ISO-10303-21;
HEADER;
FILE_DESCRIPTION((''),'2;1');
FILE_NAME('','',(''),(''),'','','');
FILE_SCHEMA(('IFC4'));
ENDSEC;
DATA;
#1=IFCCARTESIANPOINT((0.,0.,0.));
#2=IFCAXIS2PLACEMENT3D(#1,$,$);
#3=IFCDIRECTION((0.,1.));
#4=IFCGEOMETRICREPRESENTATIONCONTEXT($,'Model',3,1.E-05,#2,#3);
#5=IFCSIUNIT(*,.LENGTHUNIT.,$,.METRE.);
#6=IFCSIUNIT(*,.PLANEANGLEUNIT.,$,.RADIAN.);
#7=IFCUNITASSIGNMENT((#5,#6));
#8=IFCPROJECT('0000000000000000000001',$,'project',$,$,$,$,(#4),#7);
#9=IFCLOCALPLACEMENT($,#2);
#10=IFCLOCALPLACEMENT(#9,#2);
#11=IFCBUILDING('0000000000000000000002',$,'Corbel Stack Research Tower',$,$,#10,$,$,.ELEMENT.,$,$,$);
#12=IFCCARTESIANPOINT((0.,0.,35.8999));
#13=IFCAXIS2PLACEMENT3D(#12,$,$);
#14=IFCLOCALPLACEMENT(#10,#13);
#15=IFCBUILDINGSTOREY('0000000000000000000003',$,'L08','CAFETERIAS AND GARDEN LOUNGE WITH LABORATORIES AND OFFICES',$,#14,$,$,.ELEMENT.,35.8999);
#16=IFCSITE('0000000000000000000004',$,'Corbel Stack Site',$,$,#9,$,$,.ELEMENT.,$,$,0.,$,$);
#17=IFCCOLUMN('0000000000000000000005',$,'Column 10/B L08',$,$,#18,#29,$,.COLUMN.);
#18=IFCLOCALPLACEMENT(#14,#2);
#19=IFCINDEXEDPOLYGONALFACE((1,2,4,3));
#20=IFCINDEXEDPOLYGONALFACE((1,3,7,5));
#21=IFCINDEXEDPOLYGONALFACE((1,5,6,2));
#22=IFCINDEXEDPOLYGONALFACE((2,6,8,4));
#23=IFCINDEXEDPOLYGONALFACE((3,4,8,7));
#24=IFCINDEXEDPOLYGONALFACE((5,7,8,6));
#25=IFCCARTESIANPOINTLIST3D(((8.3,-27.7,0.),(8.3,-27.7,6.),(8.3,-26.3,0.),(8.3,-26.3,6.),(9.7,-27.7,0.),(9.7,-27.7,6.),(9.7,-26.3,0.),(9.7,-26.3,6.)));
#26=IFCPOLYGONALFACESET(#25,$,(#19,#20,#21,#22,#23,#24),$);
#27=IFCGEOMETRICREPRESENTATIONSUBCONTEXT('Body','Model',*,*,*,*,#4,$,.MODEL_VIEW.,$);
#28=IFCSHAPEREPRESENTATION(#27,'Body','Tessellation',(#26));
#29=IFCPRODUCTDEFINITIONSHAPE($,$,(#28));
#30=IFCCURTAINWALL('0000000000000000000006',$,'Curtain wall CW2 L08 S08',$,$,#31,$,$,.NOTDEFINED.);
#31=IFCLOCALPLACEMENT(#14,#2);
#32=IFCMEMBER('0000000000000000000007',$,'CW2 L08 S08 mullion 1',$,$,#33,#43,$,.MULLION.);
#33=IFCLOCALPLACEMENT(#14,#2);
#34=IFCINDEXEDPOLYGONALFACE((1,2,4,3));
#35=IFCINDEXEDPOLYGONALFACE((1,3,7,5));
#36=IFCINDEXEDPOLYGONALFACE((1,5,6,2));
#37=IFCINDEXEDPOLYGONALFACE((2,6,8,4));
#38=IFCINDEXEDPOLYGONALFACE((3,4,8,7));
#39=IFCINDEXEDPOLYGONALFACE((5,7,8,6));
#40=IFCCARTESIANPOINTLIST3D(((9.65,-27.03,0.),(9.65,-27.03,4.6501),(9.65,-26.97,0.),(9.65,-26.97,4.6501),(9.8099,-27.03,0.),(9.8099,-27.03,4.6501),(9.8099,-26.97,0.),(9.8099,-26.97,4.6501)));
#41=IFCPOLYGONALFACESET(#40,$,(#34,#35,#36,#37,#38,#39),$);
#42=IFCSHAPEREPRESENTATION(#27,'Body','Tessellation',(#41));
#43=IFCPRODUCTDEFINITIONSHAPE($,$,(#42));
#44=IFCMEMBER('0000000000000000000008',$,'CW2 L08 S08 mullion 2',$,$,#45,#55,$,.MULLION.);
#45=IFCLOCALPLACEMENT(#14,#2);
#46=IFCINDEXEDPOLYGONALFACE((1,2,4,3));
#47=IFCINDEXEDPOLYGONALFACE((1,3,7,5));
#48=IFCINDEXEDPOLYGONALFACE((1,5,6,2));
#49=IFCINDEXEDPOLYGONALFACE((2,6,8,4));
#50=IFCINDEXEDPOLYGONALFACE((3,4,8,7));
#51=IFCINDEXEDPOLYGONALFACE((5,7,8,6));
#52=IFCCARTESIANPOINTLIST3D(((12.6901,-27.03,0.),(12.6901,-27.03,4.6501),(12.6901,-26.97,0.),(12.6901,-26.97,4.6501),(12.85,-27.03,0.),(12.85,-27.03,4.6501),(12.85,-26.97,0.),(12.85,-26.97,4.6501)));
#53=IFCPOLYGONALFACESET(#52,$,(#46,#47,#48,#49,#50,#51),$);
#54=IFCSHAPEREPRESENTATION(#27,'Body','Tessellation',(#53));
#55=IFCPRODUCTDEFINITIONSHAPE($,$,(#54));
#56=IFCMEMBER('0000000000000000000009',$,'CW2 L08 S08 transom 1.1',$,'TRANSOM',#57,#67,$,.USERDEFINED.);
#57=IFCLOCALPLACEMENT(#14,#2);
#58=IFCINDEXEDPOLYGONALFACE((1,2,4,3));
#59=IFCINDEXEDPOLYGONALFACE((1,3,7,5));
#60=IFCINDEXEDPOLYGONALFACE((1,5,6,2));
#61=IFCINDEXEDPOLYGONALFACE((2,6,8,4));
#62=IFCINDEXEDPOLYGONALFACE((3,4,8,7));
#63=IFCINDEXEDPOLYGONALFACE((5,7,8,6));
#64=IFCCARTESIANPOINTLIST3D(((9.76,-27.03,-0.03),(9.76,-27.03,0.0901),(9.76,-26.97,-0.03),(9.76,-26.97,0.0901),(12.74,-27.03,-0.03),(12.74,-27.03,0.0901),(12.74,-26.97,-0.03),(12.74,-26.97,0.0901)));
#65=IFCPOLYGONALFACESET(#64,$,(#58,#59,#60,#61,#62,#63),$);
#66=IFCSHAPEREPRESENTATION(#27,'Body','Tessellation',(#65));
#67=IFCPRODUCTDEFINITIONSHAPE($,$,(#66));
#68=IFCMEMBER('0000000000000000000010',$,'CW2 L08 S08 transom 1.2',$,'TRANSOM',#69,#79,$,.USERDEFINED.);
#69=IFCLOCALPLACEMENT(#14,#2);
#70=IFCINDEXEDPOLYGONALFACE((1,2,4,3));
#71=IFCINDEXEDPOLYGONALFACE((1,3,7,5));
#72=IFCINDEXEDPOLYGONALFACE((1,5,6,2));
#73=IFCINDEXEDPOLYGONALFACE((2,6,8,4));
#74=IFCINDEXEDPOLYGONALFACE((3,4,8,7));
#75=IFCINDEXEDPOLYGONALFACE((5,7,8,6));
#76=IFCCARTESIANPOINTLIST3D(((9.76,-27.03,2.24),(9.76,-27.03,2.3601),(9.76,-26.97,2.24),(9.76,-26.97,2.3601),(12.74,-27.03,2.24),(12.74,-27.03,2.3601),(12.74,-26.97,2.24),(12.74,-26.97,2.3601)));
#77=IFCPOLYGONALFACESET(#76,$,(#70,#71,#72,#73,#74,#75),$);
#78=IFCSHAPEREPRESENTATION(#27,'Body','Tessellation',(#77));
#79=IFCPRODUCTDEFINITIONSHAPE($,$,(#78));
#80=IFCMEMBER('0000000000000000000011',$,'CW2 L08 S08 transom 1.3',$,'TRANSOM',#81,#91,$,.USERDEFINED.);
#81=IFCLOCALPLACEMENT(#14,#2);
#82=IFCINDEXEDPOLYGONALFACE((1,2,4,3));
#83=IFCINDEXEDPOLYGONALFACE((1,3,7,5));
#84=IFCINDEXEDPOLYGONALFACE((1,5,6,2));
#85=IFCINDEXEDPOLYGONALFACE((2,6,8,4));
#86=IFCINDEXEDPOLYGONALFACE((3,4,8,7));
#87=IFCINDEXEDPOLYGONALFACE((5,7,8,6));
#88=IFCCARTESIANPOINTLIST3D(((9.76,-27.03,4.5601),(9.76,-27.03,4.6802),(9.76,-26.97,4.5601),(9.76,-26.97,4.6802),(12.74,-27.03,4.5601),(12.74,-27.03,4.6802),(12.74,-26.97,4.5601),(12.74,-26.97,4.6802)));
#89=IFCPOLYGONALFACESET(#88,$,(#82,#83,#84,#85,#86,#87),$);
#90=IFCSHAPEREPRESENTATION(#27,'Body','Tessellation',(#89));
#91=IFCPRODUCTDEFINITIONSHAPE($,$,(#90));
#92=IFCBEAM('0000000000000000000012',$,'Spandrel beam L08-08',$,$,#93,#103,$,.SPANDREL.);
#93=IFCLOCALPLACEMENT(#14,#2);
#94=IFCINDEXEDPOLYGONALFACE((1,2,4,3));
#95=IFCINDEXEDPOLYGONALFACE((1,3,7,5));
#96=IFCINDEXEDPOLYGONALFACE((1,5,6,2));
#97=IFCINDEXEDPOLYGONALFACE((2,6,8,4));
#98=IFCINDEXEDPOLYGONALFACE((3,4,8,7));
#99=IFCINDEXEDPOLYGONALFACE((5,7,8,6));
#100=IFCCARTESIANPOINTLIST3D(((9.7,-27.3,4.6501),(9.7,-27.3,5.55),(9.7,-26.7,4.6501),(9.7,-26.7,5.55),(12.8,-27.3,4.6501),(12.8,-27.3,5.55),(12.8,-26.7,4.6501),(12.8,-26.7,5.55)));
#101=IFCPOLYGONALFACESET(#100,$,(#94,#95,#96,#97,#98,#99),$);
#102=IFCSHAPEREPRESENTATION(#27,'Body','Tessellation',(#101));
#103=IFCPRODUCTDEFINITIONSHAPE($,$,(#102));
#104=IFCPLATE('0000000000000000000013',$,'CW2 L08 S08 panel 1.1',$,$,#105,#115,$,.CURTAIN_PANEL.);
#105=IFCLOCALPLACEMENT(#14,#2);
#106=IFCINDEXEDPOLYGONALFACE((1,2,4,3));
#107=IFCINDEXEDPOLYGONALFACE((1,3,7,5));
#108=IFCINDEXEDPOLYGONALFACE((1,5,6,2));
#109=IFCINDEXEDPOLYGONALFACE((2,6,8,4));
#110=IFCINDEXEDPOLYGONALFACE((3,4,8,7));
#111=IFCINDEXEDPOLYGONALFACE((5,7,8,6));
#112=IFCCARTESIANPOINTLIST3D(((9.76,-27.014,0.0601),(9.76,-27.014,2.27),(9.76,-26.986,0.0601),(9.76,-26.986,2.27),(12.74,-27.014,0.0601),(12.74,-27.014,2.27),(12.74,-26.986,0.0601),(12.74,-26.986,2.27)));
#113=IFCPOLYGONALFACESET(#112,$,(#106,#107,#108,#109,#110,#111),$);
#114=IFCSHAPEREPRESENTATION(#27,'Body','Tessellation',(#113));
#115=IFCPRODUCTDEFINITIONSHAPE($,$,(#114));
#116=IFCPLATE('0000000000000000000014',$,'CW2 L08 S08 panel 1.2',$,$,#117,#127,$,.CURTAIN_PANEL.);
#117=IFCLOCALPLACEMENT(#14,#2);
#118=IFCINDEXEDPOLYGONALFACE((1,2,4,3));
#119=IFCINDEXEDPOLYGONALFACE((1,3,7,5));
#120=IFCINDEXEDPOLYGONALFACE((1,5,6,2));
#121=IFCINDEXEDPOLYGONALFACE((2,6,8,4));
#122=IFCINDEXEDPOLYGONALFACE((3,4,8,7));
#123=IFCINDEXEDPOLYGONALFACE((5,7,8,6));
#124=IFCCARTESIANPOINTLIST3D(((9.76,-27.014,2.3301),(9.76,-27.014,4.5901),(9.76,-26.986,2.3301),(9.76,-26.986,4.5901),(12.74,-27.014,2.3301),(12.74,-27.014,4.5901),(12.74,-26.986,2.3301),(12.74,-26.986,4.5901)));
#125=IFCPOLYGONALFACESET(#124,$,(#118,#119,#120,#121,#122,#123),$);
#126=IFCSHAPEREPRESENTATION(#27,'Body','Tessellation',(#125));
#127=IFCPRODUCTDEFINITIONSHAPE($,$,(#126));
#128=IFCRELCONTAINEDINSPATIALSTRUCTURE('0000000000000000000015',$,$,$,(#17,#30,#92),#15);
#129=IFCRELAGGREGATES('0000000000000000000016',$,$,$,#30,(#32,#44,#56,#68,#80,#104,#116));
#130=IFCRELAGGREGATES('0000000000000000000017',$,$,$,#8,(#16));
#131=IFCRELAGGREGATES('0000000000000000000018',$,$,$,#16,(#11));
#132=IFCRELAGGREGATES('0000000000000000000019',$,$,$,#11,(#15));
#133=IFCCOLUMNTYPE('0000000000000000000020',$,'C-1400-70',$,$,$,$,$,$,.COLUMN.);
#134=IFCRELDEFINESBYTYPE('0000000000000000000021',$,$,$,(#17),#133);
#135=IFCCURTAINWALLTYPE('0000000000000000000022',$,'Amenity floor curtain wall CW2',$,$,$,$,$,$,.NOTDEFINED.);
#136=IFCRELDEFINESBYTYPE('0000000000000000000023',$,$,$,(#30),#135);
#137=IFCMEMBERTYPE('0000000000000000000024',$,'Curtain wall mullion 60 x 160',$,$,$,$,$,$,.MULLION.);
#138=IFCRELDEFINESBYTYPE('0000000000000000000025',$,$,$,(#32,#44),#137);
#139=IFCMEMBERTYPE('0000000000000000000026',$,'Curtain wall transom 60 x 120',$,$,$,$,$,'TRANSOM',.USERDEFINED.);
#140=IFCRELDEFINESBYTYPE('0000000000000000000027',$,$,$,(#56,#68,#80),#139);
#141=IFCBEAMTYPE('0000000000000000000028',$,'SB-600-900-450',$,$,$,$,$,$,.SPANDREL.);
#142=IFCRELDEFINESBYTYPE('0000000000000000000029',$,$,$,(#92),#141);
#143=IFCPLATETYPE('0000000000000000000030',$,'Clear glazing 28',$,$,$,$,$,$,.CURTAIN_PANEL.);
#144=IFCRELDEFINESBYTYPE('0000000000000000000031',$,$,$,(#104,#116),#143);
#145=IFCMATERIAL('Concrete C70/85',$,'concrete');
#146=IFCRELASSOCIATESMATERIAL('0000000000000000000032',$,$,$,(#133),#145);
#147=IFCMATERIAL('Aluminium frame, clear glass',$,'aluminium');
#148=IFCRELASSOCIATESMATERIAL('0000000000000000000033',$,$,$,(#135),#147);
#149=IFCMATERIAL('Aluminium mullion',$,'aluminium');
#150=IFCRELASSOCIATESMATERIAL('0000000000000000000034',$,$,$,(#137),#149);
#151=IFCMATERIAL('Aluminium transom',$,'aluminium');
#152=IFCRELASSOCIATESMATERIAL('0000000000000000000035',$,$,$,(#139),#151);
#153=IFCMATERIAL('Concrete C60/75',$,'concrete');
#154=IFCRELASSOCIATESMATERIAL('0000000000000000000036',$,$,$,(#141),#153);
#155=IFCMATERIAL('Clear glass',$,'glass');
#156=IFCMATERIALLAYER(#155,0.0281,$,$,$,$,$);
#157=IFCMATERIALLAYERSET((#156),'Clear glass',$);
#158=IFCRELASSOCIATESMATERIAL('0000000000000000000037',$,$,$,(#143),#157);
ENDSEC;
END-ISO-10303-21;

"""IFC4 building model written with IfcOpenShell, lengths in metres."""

from ifc_helpers import new_model, si_unit, direction, frame, origin, origin_2d, place, context, subcontext, project, spatial, rectangle, extrude, material, layer, layer_set, material_profile, profile_set, type_object, element, aggregate, save


model = new_model("IFC4")

# Units and contexts
model_context = context("Model", 3, precision=1e-05, world=origin(), true_north=direction((0.0, 1.0)))
body_context = subcontext(model_context, "Body", "Model", "MODEL_VIEW")
ifc_project = project(units=[si_unit("LENGTHUNIT", "METRE"), si_unit("PLANEANGLEUNIT", "RADIAN")], contexts=[model_context])

# Site, building, storey
site_placement = place(None, origin())
site = spatial("IfcSite", under=ifc_project, at=site_placement, Name="Corbel Stack Site", CompositionType="ELEMENT", RefElevation=0.0)
building_placement = place(site_placement, origin())
building = spatial("IfcBuilding", under=site, at=building_placement, Name="Corbel Stack Research Tower", CompositionType="ELEMENT")
storey_placement = place(building_placement, frame((0.0, 0.0, 35.8999)))
storey = spatial("IfcBuildingStorey", under=building, at=storey_placement, Name="L08", Description="CAFETERIAS AND GARDEN LOUNGE WITH LABORATORIES AND OFFICES", CompositionType="ELEMENT", Elevation=35.8999)

# Column
ifc_material_1 = material(Name="Concrete C70/85", Category="concrete")
ifc_material_profile_1 = material_profile(ifc_material_1, rectangle(XDim=1.3999, YDim=1.3999, at=origin_2d()), Name="RC 1400 x 1400")
ifc_profile_set_1 = profile_set([ifc_material_profile_1], Name="Concrete C70/85")
column_type = type_object("IfcColumnType", Name="C-1400-70", PredefinedType="COLUMN", material=ifc_profile_set_1)
column_placement = place(storey_placement, frame((9.0, -27.0, 0.0), z_axis=(0.0, 0.0, 1.0), x_axis=(1.0, 0.0, 0.0)))
element("IfcColumn", 1, at=column_placement, inside=storey, type_object=column_type, Name="Column 10/B L08", PredefinedType="COLUMN", context=body_context, shape_type="SweptSolid", body=[
    extrude(rectangle(XDim=1.3999, YDim=1.3999, at=origin_2d()), origin(), (0.0, 0.0, 1.0), 6.0),
])

# Curtain wall, members
ifc_material_2 = material(Name="Aluminium frame, clear glass", Category="aluminium")
curtain_wall_type = type_object("IfcCurtainWallType", Name="Amenity floor curtain wall CW2", PredefinedType="NOTDEFINED", material=ifc_material_2)
curtain_wall_placement = place(storey_placement, origin())
curtain_wall = element("IfcCurtainWall", 2, at=curtain_wall_placement, inside=storey, type_object=curtain_wall_type, Name="Curtain wall CW2 L08 S08", PredefinedType="NOTDEFINED")
ifc_material_3 = material(Name="Aluminium mullion", Category="aluminium")
ifc_material_profile_2 = material_profile(ifc_material_3, rectangle(XDim=0.0601, YDim=0.1599, at=origin_2d()), Name="Mullion 60 x 160")
ifc_profile_set_2 = profile_set([ifc_material_profile_2], Name="Aluminium mullion")
member_type_1 = type_object("IfcMemberType", Name="Curtain wall mullion 60 x 160", PredefinedType="MULLION", material=ifc_profile_set_2)
member_1_placement = place(storey_placement, frame((9.73, -27.0, 0.0), z_axis=(0.0, 0.0, 1.0), x_axis=(0.0, 1.0, 0.0)))
member_1 = element("IfcMember", 3, at=member_1_placement, type_object=member_type_1, Name="CW2 L08 S08 mullion 1", PredefinedType="MULLION", context=body_context, shape_type="SweptSolid", body=[
    extrude(rectangle(XDim=0.0601, YDim=0.1599, at=origin_2d()), origin(), (0.0, 0.0, 1.0), 4.6501),
])
member_2_placement = place(storey_placement, frame((12.77, -27.0, 0.0), z_axis=(0.0, 0.0, 1.0), x_axis=(0.0, 1.0, 0.0)))
member_2 = element("IfcMember", 4, at=member_2_placement, type_object=member_type_1, Name="CW2 L08 S08 mullion 2", PredefinedType="MULLION", context=body_context, shape_type="SweptSolid", body=[
    extrude(rectangle(XDim=0.0601, YDim=0.1599, at=origin_2d()), origin(), (0.0, 0.0, 1.0), 4.6501),
])
ifc_material_4 = material(Name="Aluminium transom", Category="aluminium")
ifc_material_profile_3 = material_profile(ifc_material_4, rectangle(XDim=0.0601, YDim=0.1201, at=origin_2d()), Name="Transom 60 x 120")
ifc_profile_set_3 = profile_set([ifc_material_profile_3], Name="Aluminium transom")
member_type_2 = type_object("IfcMemberType", Name="Curtain wall transom 60 x 120", ElementType="TRANSOM", PredefinedType="USERDEFINED", material=ifc_profile_set_3)
member_3_placement = place(storey_placement, frame((9.76, -27.0, 0.03), z_axis=(1.0, 0.0, 0.0), x_axis=(0.0, 1.0, 0.0)))
member_3 = element("IfcMember", 5, at=member_3_placement, type_object=member_type_2, Name="CW2 L08 S08 transom 1.1", ObjectType="TRANSOM", PredefinedType="USERDEFINED", context=body_context, shape_type="SweptSolid", body=[
    extrude(rectangle(XDim=0.0601, YDim=0.1201, at=origin_2d()), origin(), (0.0, 0.0, 1.0), 2.98),
])
member_4_placement = place(storey_placement, frame((9.76, -27.0, 2.3), z_axis=(1.0, 0.0, 0.0), x_axis=(0.0, 1.0, 0.0)))
member_4 = element("IfcMember", 6, at=member_4_placement, type_object=member_type_2, Name="CW2 L08 S08 transom 1.2", ObjectType="TRANSOM", PredefinedType="USERDEFINED", context=body_context, shape_type="SweptSolid", body=[
    extrude(rectangle(XDim=0.0601, YDim=0.1201, at=origin_2d()), origin(), (0.0, 0.0, 1.0), 2.98),
])
member_5_placement = place(storey_placement, frame((9.76, -27.0, 4.6201), z_axis=(1.0, 0.0, 0.0), x_axis=(0.0, 1.0, 0.0)))
member_5 = element("IfcMember", 7, at=member_5_placement, type_object=member_type_2, Name="CW2 L08 S08 transom 1.3", ObjectType="TRANSOM", PredefinedType="USERDEFINED", context=body_context, shape_type="SweptSolid", body=[
    extrude(rectangle(XDim=0.0601, YDim=0.1201, at=origin_2d()), origin(), (0.0, 0.0, 1.0), 2.98),
])

# Beam
ifc_material_5 = material(Name="Concrete C60/75", Category="concrete")
ifc_material_profile_4 = material_profile(ifc_material_5, rectangle(XDim=0.6001, YDim=0.8999, at=origin_2d()), Name="RC 600 x 900")
ifc_profile_set_4 = profile_set([ifc_material_profile_4], Name="Concrete C60/75")
beam_type = type_object("IfcBeamType", Name="SB-600-900-450", PredefinedType="SPANDREL", material=ifc_profile_set_4)
beam_placement = place(storey_placement, frame((9.7, -27.0, 5.1001), z_axis=(1.0, 0.0, 0.0), x_axis=(0.0, 1.0, 0.0)))
element("IfcBeam", 8, at=beam_placement, inside=storey, type_object=beam_type, Name="Spandrel beam L08-08", PredefinedType="SPANDREL", context=body_context, shape_type="SweptSolid", body=[
    extrude(rectangle(XDim=0.6001, YDim=0.8999, at=origin_2d()), origin(), (0.0, 0.0, 1.0), 3.1001),
])

# Plates
ifc_material_6 = material(Name="Clear glass", Category="glass")
ifc_layer = layer(ifc_material_6, 0.0281)
ifc_layer_set = layer_set([ifc_layer], Name="Clear glass")
plate_type = type_object("IfcPlateType", Name="Clear glazing 28", PredefinedType="CURTAIN_PANEL", material=ifc_layer_set)
plate_1_placement = place(storey_placement, frame((11.25, -27.0, 0.0601), z_axis=(0.0, 0.0, 1.0), x_axis=(1.0, 0.0, 0.0)))
plate_1 = element("IfcPlate", 9, at=plate_1_placement, type_object=plate_type, Name="CW2 L08 S08 panel 1.1", PredefinedType="CURTAIN_PANEL", context=body_context, shape_type="SweptSolid", body=[
    extrude(rectangle(XDim=2.98, YDim=0.0281, at=origin_2d()), origin(), (0.0, 0.0, 1.0), 2.21),
])
plate_2_placement = place(storey_placement, frame((11.25, -27.0, 2.3301), z_axis=(0.0, 0.0, 1.0), x_axis=(1.0, 0.0, 0.0)))
plate_2 = element("IfcPlate", 10, at=plate_2_placement, type_object=plate_type, Name="CW2 L08 S08 panel 1.2", PredefinedType="CURTAIN_PANEL", context=body_context, shape_type="SweptSolid", body=[
    extrude(rectangle(XDim=2.98, YDim=0.0281, at=origin_2d()), origin(), (0.0, 0.0, 1.0), 2.26),
])
aggregate(curtain_wall, [member_1, member_2, member_3, member_4, member_5, plate_1, plate_2])

save(model, "model.ifc")
